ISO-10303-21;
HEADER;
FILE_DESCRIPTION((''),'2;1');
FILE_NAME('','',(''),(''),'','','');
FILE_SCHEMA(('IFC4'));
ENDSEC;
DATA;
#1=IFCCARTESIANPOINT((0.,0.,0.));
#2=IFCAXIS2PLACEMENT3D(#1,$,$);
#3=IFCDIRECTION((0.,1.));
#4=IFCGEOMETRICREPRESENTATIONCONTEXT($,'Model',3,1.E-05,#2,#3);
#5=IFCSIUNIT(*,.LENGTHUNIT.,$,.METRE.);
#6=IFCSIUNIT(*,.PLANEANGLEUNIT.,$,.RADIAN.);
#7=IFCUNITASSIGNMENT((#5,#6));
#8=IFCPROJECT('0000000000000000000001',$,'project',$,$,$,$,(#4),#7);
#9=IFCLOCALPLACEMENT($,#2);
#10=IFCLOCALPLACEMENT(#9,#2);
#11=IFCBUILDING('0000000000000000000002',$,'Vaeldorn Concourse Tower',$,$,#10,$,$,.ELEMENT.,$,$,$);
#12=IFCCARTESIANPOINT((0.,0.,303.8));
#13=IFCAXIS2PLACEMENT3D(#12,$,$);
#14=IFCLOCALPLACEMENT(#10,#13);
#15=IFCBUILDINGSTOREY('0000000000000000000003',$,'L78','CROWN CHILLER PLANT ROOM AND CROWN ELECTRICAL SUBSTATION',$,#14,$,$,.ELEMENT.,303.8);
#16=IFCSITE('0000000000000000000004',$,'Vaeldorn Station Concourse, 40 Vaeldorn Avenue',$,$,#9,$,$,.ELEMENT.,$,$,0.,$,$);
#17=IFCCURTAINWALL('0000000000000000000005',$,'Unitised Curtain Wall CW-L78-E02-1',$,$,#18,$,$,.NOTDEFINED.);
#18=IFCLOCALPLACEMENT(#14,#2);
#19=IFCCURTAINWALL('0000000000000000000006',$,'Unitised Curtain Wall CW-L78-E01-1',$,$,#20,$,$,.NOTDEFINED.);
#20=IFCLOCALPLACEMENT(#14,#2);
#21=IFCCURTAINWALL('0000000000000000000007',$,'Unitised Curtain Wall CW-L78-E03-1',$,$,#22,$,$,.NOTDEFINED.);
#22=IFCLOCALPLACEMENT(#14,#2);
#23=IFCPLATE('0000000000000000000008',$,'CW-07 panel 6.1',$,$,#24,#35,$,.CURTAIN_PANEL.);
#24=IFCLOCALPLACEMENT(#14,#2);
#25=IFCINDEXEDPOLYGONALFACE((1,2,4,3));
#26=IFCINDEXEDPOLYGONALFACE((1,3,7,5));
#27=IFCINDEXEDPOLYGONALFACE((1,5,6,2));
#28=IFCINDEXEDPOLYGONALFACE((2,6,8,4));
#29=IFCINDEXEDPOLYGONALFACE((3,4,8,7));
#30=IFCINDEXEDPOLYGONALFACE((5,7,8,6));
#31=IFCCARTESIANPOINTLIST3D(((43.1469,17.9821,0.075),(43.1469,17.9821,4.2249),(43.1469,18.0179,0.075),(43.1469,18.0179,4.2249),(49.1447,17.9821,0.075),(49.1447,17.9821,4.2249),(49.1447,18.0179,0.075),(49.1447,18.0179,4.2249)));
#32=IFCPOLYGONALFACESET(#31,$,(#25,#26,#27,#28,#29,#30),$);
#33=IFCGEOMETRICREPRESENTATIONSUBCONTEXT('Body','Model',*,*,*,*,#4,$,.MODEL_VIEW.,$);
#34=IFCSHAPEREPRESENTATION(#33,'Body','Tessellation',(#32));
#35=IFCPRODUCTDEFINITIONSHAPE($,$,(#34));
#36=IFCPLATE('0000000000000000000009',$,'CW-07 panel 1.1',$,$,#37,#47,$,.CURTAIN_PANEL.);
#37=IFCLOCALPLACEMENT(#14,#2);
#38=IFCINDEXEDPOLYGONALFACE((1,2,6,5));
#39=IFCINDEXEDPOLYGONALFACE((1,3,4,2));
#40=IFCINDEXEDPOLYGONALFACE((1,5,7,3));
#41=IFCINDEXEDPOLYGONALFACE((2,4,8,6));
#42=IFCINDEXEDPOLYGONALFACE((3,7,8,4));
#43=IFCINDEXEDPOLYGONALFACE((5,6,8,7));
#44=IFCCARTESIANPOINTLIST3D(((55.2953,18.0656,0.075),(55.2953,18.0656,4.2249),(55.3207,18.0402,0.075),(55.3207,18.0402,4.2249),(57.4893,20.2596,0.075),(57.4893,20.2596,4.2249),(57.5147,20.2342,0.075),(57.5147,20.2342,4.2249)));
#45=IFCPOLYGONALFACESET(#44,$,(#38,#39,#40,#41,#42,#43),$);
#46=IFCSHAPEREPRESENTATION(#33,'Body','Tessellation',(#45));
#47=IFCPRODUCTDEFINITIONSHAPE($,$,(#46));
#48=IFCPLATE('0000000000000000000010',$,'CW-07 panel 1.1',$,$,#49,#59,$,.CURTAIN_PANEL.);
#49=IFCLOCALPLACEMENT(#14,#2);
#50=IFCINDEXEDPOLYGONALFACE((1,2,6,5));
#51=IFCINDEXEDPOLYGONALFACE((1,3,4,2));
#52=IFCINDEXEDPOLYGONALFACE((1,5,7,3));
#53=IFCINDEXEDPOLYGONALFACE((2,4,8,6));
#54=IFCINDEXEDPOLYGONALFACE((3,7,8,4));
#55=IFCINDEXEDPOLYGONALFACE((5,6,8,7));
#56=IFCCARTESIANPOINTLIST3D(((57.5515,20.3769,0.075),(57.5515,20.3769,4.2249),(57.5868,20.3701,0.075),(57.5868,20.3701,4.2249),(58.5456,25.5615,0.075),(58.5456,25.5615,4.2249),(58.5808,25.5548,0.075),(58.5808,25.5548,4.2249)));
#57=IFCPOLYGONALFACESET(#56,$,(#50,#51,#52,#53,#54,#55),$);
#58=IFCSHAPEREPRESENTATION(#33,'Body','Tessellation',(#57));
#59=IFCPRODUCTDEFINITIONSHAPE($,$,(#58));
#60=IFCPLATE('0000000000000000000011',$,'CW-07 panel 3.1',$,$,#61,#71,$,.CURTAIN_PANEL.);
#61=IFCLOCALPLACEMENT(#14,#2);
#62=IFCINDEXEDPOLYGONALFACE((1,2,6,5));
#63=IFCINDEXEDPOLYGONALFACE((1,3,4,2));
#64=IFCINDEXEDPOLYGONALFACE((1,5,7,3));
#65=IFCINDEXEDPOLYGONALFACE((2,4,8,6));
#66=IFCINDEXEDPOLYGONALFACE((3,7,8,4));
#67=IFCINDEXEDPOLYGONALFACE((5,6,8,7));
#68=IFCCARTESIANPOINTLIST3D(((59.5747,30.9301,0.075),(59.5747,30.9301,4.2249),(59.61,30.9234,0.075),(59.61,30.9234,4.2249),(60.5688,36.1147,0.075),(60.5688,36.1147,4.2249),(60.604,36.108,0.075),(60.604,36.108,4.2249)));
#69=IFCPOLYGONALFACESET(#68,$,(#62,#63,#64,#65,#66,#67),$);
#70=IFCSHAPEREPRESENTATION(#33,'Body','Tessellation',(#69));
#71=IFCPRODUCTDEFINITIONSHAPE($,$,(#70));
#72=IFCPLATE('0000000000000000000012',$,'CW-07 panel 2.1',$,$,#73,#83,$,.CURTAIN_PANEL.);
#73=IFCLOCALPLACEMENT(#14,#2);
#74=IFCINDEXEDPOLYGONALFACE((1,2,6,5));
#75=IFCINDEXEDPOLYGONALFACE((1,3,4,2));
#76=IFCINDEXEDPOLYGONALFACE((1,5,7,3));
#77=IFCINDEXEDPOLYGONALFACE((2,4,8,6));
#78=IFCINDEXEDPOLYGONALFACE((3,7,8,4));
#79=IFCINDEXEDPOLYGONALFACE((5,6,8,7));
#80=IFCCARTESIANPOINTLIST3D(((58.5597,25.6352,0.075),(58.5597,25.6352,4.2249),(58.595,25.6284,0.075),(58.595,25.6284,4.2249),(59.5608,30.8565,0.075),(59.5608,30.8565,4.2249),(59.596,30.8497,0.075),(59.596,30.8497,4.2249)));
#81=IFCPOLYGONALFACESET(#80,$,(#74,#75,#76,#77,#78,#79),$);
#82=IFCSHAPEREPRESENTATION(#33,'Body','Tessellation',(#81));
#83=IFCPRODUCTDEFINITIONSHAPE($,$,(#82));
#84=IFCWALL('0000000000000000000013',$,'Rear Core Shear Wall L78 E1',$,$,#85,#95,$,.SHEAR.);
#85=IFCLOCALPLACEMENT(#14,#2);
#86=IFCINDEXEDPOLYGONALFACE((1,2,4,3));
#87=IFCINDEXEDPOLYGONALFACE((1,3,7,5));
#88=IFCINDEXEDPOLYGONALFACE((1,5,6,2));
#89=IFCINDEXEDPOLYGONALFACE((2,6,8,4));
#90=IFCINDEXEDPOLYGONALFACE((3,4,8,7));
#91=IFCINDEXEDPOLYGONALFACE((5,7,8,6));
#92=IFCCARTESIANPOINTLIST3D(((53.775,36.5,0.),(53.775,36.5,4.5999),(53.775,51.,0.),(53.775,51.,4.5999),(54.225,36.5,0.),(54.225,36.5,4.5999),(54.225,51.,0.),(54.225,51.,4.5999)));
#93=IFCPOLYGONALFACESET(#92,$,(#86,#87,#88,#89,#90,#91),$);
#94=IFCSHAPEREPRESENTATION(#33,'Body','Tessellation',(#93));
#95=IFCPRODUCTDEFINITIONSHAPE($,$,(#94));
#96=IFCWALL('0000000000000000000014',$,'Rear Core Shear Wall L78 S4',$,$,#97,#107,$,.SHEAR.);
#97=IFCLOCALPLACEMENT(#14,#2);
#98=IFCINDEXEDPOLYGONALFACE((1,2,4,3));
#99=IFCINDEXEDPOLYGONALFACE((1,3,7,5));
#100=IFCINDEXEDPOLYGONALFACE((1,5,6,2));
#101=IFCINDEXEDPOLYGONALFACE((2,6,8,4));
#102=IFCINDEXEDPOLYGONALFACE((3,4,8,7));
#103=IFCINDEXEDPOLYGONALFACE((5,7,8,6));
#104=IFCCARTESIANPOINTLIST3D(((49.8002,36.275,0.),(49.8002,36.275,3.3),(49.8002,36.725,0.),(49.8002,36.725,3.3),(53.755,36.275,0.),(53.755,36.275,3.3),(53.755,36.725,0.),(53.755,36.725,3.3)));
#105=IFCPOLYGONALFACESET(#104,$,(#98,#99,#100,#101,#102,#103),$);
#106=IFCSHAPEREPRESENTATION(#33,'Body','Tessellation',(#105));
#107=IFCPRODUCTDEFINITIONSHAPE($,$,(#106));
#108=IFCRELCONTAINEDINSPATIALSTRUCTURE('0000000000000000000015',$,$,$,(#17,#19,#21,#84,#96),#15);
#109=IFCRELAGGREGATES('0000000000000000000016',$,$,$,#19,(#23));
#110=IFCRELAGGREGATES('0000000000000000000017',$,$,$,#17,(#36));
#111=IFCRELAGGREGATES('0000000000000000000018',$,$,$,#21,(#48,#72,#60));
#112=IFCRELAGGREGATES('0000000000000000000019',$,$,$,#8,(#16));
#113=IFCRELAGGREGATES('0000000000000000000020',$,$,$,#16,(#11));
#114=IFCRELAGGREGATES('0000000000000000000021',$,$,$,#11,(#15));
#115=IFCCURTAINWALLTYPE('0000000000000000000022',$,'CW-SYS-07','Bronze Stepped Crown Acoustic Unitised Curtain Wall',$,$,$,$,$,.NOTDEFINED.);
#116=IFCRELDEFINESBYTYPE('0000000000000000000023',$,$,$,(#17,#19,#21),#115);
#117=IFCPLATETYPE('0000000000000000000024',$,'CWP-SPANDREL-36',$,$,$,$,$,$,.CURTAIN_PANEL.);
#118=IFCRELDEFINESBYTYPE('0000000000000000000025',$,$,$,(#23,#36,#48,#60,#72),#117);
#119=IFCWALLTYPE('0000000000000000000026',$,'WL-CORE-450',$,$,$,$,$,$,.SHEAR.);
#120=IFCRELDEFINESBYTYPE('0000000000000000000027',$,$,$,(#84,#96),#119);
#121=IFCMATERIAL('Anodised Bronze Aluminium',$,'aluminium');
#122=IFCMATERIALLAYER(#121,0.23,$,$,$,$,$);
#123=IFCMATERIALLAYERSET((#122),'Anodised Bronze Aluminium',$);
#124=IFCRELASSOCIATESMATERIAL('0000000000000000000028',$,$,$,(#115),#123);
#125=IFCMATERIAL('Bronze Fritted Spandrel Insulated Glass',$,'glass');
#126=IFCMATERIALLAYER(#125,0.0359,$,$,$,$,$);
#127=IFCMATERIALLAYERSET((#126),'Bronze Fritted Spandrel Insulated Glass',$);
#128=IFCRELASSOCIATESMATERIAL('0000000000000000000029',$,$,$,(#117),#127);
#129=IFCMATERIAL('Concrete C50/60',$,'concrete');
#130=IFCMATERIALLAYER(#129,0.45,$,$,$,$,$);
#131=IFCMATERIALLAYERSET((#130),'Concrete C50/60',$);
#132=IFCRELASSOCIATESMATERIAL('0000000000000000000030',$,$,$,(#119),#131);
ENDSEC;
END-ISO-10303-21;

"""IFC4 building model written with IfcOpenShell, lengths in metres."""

from ifc_helpers import new_model, si_unit, direction, frame, frame_2d, origin, origin_2d, place, context, subcontext, project, spatial, rectangle, extrude, source, transform, mapped, material, layer, layer_set, type_object, element, aggregate, save


model = new_model("IFC4")

# Units and contexts
model_context = context("Model", 3, precision=1e-05, world=origin(), true_north=direction((0.0, 1.0)))
body_context = subcontext(model_context, "Body", "Model", "MODEL_VIEW")
ifc_project = project(units=[si_unit("LENGTHUNIT", "METRE"), si_unit("PLANEANGLEUNIT", "RADIAN")], contexts=[model_context])

# Site, building, storey
site_placement = place(None, origin())
site = spatial("IfcSite", under=ifc_project, at=site_placement, Name="Vaeldorn Station Concourse, 40 Vaeldorn Avenue", CompositionType="ELEMENT", RefElevation=0.0)
building_placement = place(site_placement, origin())
building = spatial("IfcBuilding", under=site, at=building_placement, Name="Vaeldorn Concourse Tower", CompositionType="ELEMENT")
storey_placement = place(building_placement, frame((0.0, 0.0, 303.8)))
storey = spatial("IfcBuildingStorey", under=building, at=storey_placement, Name="L78", Description="CROWN CHILLER PLANT ROOM AND CROWN ELECTRICAL SUBSTATION", CompositionType="ELEMENT", Elevation=303.8)

# Shared definitions
ifc_material_1 = material(Name="Concrete C50/60", Category="concrete")

# Curtain walls
ifc_material_2 = material(Name="Anodised Bronze Aluminium", Category="aluminium")
ifc_layer_1 = layer(ifc_material_2, 0.23)
ifc_layer_set_1 = layer_set([ifc_layer_1], Name="Anodised Bronze Aluminium")
curtain_wall_type = type_object("IfcCurtainWallType", Name="CW-SYS-07", Description="Bronze Stepped Crown Acoustic Unitised Curtain Wall", PredefinedType="NOTDEFINED", material=ifc_layer_set_1)
curtain_wall_1_placement = place(storey_placement, origin())
curtain_wall_1 = element("IfcCurtainWall", 1, at=curtain_wall_1_placement, inside=storey, type_object=curtain_wall_type, Name="Unitised Curtain Wall CW-L78-E02-1", PredefinedType="NOTDEFINED")
curtain_wall_2_placement = place(storey_placement, origin())
curtain_wall_2 = element("IfcCurtainWall", 2, at=curtain_wall_2_placement, inside=storey, type_object=curtain_wall_type, Name="Unitised Curtain Wall CW-L78-E01-1", PredefinedType="NOTDEFINED")

# Curtain wall
curtain_wall_3_placement = place(storey_placement, origin())
curtain_wall_3 = element("IfcCurtainWall", 3, at=curtain_wall_3_placement, inside=storey, type_object=curtain_wall_type, Name="Unitised Curtain Wall CW-L78-E03-1", PredefinedType="NOTDEFINED")

# Plates
ifc_material_3 = material(Name="Bronze Fritted Spandrel Insulated Glass", Category="glass")
ifc_layer_2 = layer(ifc_material_3, 0.0359)
ifc_layer_set_2 = layer_set([ifc_layer_2], Name="Bronze Fritted Spandrel Insulated Glass")
plate_type = type_object("IfcPlateType", Name="CWP-SPANDREL-36", PredefinedType="CURTAIN_PANEL", material=ifc_layer_set_2)
shared_shape_1 = source(origin(), body_context, "Body", "SweptSolid", [
    extrude(rectangle(XDim=5.9978, YDim=0.0359, at=origin_2d()), origin(), (0.0, 0.0, 1.0), 4.1499),
])
plate_1_placement = place(storey_placement, frame((46.1458, 18.0, 0.075), z_axis=(0.0, 0.0, 1.0), x_axis=(1.0, 0.0, 0.0)))
plate_1 = element("IfcPlate", 4, at=plate_1_placement, type_object=plate_type, Name="CW-07 panel 6.1", PredefinedType="CURTAIN_PANEL", context=body_context, shape_type="MappedRepresentation", body=[
    mapped(shared_shape_1, transform((0.0, 0.0, 0.0), scale=1.0)),
])
aggregate(curtain_wall_2, [plate_1])
shared_shape_2 = source(origin(), body_context, "Body", "SweptSolid", [
    extrude(rectangle(XDim=3.1028, YDim=0.0359, at=origin_2d()), origin(), (0.0, 0.0, 1.0), 4.1499),
])
plate_2_placement = place(storey_placement, frame((56.405, 19.1499, 0.075), z_axis=(0.0, 0.0, 1.0), x_axis=(0.707107, 0.707107, 0.0)))
plate_2 = element("IfcPlate", 5, at=plate_2_placement, type_object=plate_type, Name="CW-07 panel 1.1", PredefinedType="CURTAIN_PANEL", context=body_context, shape_type="MappedRepresentation", body=[
    mapped(shared_shape_2, transform((0.0, 0.0, 0.0), scale=1.0)),
])
aggregate(curtain_wall_1, [plate_2])
shared_shape_3 = source(origin(), body_context, "Body", "SweptSolid", [
    extrude(rectangle(XDim=5.2791, YDim=0.0359, at=origin_2d()), origin(), (0.0, 0.0, 1.0), 4.1499),
])
plate_3_placement = place(storey_placement, frame((58.0662, 22.9658, 0.075), z_axis=(0.0, 0.0, 1.0), x_axis=(0.188298, 0.982112, 0.0)))
plate_3 = element("IfcPlate", 6, at=plate_3_placement, type_object=plate_type, Name="CW-07 panel 1.1", PredefinedType="CURTAIN_PANEL", context=body_context, shape_type="MappedRepresentation", body=[
    mapped(shared_shape_3, transform((0.0, 0.0, 0.0), scale=1.0)),
])
plate_4_placement = place(storey_placement, frame((60.0894, 33.519, 0.075), z_axis=(0.0, 0.0, 1.0), x_axis=(0.188298, 0.982112, 0.0)))
plate_4 = element("IfcPlate", 7, at=plate_4_placement, type_object=plate_type, Name="CW-07 panel 3.1", PredefinedType="CURTAIN_PANEL", context=body_context, shape_type="MappedRepresentation", body=[
    mapped(shared_shape_3, transform((0.0, 0.0, 0.0), scale=1.0)),
])
shared_shape_4 = source(origin(), body_context, "Body", "SweptSolid", [
    extrude(rectangle(XDim=5.3164, YDim=0.0359, at=origin_2d()), origin(), (0.0, 0.0, 1.0), 4.1499),
])
plate_5_placement = place(storey_placement, frame((59.0779, 28.2424, 0.075), z_axis=(0.0, 0.0, 1.0), x_axis=(0.188298, 0.982112, 0.0)))
plate_5 = element("IfcPlate", 8, at=plate_5_placement, type_object=plate_type, Name="CW-07 panel 2.1", PredefinedType="CURTAIN_PANEL", context=body_context, shape_type="MappedRepresentation", body=[
    mapped(shared_shape_4, transform((0.0, 0.0, 0.0), scale=1.0)),
])
aggregate(curtain_wall_3, [plate_3, plate_5, plate_4])

# Walls
ifc_layer_3 = layer(ifc_material_1, 0.45)
ifc_layer_set_3 = layer_set([ifc_layer_3], Name="Concrete C50/60")
wall_type_1 = type_object("IfcWallType", Name="WL-CORE-450", PredefinedType="SHEAR", material=ifc_layer_set_3)
wall_1_placement = place(storey_placement, frame((54.0, 36.5, 0.0), z_axis=(0.0, 0.0, 1.0), x_axis=(0.0, 1.0, 0.0)))
element("IfcWall", 9, at=wall_1_placement, inside=storey, type_object=wall_type_1, Name="Rear Core Shear Wall L78 E1", PredefinedType="SHEAR", context=body_context, shape_type="SweptSolid", body=[
    extrude(rectangle(XDim=14.5, YDim=0.45, at=frame_2d((7.25, 0.0))), origin(), (0.0, 0.0, 1.0), 4.5999),
])
wall_2_placement = place(storey_placement, frame((49.8, 36.5, 0.0), z_axis=(0.0, 0.0, 1.0), x_axis=(1.0, 0.0, 0.0)))
element("IfcWall", 10, at=wall_2_placement, inside=storey, type_object=wall_type_1, Name="Rear Core Shear Wall L78 S4", PredefinedType="SHEAR", context=body_context, shape_type="SweptSolid", body=[
    extrude(rectangle(XDim=3.9548, YDim=0.45, at=frame_2d((1.9775, 0.0))), origin(), (0.0, 0.0, 1.0), 3.3),
])

save(model, "model.ifc")
